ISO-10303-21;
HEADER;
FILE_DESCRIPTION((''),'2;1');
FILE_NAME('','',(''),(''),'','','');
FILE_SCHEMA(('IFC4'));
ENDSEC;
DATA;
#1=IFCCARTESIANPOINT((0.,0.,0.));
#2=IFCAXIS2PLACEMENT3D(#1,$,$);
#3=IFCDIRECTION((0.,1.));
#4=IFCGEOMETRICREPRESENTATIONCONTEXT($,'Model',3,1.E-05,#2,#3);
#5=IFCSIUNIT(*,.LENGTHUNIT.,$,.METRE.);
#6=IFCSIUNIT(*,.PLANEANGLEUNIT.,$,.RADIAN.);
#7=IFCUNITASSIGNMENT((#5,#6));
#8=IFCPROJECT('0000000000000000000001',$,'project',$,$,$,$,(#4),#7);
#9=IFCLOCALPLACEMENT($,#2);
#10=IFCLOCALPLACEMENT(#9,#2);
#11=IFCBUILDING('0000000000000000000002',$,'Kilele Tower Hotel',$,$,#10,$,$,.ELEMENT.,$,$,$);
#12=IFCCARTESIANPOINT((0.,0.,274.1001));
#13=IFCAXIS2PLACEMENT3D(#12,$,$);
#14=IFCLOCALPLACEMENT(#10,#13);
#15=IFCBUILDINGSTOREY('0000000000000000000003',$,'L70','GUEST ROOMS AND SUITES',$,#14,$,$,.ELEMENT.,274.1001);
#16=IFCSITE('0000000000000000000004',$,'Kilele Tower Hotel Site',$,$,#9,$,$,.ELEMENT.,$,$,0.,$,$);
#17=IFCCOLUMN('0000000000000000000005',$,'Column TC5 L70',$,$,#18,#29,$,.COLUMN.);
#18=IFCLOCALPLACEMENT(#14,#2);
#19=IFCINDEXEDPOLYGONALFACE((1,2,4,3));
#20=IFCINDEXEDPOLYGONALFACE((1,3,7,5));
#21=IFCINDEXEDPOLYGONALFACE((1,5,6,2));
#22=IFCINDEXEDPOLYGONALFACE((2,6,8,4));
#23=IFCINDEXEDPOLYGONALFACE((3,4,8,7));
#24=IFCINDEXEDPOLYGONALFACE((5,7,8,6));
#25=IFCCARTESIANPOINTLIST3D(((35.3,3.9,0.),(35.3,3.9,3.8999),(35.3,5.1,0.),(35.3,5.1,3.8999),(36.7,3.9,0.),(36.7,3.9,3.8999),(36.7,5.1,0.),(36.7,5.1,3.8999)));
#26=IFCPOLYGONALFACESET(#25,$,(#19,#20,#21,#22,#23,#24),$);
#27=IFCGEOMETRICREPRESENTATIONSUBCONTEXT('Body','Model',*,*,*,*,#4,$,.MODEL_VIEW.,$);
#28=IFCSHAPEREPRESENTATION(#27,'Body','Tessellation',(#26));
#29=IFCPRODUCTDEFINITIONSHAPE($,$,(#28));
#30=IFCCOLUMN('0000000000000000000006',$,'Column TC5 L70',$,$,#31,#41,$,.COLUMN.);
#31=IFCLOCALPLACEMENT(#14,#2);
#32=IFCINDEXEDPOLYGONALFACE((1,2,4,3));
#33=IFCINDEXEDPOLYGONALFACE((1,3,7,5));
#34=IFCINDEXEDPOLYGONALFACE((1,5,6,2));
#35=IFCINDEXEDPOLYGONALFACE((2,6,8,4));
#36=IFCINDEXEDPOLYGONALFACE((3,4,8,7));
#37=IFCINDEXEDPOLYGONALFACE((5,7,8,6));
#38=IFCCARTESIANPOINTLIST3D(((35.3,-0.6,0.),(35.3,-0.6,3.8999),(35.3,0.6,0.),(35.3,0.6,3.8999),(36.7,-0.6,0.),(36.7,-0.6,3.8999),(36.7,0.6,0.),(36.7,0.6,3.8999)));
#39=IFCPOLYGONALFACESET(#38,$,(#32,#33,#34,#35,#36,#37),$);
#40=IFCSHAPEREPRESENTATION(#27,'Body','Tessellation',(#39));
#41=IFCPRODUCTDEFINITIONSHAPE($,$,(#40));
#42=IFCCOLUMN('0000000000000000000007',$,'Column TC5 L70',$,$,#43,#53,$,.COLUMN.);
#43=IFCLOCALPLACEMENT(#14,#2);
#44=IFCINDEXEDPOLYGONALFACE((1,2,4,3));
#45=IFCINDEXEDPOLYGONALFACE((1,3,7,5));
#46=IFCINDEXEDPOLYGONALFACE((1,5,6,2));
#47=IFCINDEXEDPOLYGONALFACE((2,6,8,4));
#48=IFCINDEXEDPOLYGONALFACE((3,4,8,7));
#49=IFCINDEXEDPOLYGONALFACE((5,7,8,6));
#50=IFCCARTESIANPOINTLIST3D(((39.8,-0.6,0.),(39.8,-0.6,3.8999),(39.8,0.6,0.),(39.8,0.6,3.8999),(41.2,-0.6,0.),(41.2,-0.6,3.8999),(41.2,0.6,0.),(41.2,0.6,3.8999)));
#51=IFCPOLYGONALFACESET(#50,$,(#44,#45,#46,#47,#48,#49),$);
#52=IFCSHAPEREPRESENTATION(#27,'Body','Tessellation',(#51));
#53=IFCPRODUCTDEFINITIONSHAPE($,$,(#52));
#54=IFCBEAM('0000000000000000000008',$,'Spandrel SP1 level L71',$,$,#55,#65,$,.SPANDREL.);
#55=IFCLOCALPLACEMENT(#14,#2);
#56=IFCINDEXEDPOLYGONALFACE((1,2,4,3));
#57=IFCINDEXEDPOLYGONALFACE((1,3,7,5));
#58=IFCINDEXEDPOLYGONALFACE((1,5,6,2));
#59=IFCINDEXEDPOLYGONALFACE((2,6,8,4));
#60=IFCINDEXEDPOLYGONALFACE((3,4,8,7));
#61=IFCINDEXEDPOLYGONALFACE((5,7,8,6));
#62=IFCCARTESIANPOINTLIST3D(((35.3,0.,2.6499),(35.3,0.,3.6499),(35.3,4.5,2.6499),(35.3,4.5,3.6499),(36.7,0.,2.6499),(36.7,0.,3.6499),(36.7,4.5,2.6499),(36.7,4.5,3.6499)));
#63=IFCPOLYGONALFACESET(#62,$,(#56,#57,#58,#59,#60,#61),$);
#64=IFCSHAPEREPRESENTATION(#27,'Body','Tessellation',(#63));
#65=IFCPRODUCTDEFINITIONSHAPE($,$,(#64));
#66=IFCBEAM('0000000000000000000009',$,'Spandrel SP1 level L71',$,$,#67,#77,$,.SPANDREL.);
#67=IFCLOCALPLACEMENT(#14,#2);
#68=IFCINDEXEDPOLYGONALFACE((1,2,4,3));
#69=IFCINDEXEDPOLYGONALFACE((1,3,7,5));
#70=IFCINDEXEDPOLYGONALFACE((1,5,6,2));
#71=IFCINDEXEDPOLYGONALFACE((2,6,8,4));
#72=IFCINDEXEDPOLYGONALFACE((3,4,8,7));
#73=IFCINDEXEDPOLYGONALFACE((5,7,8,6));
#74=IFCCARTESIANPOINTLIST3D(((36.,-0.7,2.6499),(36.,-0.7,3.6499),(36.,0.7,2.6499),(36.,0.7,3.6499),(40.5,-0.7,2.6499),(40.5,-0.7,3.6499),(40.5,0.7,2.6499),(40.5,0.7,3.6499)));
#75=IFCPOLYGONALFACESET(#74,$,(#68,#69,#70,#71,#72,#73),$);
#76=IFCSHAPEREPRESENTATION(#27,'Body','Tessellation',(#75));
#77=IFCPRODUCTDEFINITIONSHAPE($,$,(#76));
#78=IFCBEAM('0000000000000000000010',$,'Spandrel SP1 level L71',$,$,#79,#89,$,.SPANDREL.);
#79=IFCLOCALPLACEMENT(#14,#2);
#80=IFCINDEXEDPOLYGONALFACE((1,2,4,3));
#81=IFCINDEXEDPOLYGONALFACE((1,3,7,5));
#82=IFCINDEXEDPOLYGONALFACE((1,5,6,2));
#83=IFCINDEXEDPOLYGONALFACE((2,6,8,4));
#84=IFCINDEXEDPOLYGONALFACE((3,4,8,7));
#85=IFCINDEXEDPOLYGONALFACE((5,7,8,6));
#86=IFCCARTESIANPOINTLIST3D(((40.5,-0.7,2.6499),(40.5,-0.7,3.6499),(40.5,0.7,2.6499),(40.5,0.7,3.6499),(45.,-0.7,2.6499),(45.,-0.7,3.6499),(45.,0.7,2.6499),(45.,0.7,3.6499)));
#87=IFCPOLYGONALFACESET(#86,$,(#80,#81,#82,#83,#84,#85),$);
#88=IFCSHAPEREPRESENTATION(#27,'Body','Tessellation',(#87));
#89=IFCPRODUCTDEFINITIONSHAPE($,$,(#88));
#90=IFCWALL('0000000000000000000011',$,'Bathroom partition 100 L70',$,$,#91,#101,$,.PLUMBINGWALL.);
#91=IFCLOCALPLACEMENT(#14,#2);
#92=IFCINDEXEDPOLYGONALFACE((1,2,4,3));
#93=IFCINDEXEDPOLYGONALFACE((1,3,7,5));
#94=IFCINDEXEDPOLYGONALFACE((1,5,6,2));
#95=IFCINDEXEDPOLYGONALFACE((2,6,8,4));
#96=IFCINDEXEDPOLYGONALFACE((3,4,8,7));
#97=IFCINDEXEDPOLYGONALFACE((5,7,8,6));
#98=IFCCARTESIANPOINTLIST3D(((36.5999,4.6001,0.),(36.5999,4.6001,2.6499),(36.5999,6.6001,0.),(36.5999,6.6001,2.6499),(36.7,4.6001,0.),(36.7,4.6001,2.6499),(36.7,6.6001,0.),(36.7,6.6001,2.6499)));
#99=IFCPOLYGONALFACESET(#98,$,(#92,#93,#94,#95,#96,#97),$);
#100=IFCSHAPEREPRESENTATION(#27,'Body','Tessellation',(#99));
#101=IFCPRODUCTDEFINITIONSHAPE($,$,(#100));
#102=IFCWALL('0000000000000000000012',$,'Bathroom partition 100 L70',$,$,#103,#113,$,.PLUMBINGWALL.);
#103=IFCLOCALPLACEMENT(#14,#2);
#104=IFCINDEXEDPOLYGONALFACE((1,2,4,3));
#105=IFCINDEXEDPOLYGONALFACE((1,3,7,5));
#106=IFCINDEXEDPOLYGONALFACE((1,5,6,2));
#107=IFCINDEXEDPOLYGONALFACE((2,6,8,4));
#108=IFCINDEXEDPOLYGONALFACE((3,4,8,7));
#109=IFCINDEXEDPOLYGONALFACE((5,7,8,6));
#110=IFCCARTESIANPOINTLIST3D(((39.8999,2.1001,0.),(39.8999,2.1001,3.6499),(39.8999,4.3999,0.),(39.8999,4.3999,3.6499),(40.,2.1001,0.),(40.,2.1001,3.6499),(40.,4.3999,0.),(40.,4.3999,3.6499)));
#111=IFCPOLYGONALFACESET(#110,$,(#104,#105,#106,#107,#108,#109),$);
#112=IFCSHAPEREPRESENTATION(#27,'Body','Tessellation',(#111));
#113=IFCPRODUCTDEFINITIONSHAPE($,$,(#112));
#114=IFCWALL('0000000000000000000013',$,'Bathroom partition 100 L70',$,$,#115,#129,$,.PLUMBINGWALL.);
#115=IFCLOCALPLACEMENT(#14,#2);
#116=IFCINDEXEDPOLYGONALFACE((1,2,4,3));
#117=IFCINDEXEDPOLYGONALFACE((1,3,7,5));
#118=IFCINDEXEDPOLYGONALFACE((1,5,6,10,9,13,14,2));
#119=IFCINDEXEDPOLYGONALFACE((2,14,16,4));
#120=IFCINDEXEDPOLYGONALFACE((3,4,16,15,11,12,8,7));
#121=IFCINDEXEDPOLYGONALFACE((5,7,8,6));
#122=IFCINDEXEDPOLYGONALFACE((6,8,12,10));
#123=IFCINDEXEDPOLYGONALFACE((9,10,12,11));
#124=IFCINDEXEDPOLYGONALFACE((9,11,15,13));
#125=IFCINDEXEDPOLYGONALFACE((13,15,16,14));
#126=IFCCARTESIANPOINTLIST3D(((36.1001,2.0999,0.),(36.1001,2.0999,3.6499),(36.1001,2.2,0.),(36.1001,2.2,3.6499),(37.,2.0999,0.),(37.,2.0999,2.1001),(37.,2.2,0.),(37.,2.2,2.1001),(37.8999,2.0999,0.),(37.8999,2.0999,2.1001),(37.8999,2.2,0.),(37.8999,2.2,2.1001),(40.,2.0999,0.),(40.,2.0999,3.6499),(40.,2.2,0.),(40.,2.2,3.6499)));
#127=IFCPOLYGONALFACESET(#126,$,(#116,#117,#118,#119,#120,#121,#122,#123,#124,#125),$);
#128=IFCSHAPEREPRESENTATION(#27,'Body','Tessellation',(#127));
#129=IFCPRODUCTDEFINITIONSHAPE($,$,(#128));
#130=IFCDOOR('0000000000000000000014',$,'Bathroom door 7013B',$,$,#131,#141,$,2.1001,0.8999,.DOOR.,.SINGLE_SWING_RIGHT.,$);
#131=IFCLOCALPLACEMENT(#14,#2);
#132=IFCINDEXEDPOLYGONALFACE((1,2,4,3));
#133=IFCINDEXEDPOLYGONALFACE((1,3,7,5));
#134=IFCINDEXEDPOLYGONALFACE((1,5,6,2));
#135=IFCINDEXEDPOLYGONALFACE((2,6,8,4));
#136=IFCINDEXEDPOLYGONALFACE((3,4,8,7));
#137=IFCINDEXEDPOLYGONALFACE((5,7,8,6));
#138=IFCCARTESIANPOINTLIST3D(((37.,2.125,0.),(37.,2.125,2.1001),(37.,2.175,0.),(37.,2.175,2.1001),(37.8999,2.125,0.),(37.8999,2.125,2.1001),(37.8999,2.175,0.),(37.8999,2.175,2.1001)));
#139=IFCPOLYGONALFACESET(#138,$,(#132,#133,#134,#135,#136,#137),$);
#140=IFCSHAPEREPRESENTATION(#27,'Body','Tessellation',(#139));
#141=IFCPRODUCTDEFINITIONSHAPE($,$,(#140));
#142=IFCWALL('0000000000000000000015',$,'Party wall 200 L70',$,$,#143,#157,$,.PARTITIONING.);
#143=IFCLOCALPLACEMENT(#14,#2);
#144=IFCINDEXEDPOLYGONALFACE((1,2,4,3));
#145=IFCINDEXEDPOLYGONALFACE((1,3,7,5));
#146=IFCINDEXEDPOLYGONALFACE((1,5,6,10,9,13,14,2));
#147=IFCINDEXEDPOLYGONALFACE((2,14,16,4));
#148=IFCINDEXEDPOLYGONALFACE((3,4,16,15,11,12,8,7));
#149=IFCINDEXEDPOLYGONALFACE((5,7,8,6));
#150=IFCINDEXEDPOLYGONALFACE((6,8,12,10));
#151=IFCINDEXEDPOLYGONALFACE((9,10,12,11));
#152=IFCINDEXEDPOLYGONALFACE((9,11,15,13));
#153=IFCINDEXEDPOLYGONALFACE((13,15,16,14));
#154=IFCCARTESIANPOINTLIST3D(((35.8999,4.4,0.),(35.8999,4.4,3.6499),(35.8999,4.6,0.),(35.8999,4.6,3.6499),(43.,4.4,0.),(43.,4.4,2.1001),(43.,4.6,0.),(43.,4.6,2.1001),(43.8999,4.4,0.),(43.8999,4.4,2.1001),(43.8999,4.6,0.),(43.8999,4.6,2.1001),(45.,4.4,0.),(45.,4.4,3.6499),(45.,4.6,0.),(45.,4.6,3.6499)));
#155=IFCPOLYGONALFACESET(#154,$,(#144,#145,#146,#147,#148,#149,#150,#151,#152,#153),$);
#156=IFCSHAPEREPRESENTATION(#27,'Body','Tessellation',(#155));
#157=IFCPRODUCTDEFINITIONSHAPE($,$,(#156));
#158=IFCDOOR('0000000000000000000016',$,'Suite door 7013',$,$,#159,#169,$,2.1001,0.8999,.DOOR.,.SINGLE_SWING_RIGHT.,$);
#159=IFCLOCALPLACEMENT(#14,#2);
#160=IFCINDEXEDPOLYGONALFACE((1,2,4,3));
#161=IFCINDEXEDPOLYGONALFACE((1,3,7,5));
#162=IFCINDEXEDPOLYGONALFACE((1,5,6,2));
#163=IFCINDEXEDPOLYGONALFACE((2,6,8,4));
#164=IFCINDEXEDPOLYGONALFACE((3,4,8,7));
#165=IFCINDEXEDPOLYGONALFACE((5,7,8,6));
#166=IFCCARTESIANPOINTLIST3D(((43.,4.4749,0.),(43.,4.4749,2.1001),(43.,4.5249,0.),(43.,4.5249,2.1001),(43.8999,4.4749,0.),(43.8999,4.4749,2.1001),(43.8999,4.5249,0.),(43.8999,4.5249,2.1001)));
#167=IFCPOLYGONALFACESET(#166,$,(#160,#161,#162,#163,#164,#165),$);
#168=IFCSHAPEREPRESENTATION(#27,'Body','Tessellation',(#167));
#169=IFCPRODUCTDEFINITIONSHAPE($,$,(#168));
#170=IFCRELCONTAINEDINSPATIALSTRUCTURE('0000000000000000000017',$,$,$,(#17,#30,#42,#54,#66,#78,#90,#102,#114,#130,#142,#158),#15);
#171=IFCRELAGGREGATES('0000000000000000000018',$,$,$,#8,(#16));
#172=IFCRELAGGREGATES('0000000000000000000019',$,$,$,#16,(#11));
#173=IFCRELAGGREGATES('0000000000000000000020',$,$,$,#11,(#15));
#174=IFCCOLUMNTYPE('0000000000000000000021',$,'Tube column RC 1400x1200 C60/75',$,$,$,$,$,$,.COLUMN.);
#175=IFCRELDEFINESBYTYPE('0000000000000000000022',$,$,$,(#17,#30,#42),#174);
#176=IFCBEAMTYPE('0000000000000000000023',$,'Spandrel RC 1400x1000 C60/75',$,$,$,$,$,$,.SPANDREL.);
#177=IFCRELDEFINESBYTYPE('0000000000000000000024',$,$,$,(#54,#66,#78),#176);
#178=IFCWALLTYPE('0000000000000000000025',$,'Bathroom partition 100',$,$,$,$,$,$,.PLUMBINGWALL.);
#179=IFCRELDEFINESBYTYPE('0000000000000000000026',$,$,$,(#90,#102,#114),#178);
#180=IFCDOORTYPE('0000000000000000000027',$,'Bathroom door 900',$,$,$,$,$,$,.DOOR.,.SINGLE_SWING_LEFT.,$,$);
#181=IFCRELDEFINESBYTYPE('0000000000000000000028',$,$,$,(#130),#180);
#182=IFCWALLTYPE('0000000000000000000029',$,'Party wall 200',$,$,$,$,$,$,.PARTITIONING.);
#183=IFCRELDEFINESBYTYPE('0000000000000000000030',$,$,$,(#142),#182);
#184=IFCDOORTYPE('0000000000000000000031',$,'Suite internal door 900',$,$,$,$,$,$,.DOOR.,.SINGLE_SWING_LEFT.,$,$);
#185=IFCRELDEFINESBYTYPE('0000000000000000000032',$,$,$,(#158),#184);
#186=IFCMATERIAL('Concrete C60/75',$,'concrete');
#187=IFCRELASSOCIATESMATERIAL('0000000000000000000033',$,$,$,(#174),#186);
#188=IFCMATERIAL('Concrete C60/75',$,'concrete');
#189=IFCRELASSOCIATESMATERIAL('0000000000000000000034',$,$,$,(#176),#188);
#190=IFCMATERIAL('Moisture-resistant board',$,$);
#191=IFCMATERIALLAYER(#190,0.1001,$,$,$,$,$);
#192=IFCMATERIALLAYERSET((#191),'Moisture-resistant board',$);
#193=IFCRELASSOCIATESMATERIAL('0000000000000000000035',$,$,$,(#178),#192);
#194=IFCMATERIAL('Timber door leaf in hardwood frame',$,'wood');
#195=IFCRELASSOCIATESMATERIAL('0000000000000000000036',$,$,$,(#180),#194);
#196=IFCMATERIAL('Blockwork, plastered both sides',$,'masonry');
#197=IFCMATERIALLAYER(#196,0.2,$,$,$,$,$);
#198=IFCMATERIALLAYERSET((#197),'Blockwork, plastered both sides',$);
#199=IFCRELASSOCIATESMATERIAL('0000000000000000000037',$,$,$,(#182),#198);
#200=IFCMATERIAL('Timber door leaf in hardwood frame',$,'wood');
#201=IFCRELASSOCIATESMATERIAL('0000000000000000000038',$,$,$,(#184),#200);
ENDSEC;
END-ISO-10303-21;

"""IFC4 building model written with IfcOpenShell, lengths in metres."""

from ifc_helpers import new_model, si_unit, direction, frame, frame_2d, origin, origin_2d, place, context, subcontext, project, spatial, rectangle, extrude, material, layer, layer_set, material_profile, profile_set, type_object, element, fill, save


model = new_model("IFC4")

# Units and contexts
model_context = context("Model", 3, precision=1e-05, world=origin(), true_north=direction((0.0, 1.0)))
body_context = subcontext(model_context, "Body", "Model", "MODEL_VIEW")
ifc_project = project(units=[si_unit("LENGTHUNIT", "METRE"), si_unit("PLANEANGLEUNIT", "RADIAN")], contexts=[model_context])

# Site, building, storey
site_placement = place(None, origin())
site = spatial("IfcSite", under=ifc_project, at=site_placement, Name="Kilele Tower Hotel Site", CompositionType="ELEMENT", RefElevation=0.0)
building_placement = place(site_placement, origin())
building = spatial("IfcBuilding", under=site, at=building_placement, Name="Kilele Tower Hotel", CompositionType="ELEMENT")
storey_placement = place(building_placement, frame((0.0, 0.0, 274.1001)))
storey = spatial("IfcBuildingStorey", under=building, at=storey_placement, Name="L70", Description="GUEST ROOMS AND SUITES", CompositionType="ELEMENT", Elevation=274.1001)

# Columns
ifc_material_1 = material(Name="Concrete C60/75", Category="concrete")
ifc_material_profile_1 = material_profile(ifc_material_1, rectangle(XDim=1.3999, YDim=1.2, at=origin_2d()))
ifc_profile_set_1 = profile_set([ifc_material_profile_1], Name="Concrete C60/75")
column_type = type_object("IfcColumnType", Name="Tube column RC 1400x1200 C60/75", PredefinedType="COLUMN", material=ifc_profile_set_1)
for number, where, z_axis, x_axis, name in (
    (1, (36.0, 4.5, 0.0), (0.0, 0.0, 1.0), (1.0, 0.0, 0.0), "Column TC5 L70"),
    (2, (36.0, 0.0, 0.0), (0.0, 0.0, 1.0), (1.0, 0.0, 0.0), "Column TC5 L70"),
    (3, (40.5, 0.0, 0.0), (0.0, 0.0, 1.0), (1.0, 0.0, 0.0), "Column TC5 L70"),
):
    element("IfcColumn", number, at=place(storey_placement, frame(where, z_axis=z_axis, x_axis=x_axis)), inside=storey, type_object=column_type, Name=name, PredefinedType="COLUMN", context=body_context, shape_type="SweptSolid", body=[
        extrude(rectangle(XDim=1.3999, YDim=1.2, at=origin_2d()), origin(), (0.0, 0.0, 1.0), 3.8999),
    ])

# Beams
ifc_material_2 = material(Name="Concrete C60/75", Category="concrete")
ifc_material_profile_2 = material_profile(ifc_material_2, rectangle(XDim=1.3999, YDim=1.0, at=origin_2d()))
ifc_profile_set_2 = profile_set([ifc_material_profile_2], Name="Concrete C60/75")
beam_type = type_object("IfcBeamType", Name="Spandrel RC 1400x1000 C60/75", PredefinedType="SPANDREL", material=ifc_profile_set_2)
for number, where, z_axis, x_axis, name in (
    (4, (36.0, 4.5, 3.1499), (0.0, -1.0, 0.0), (1.0, 0.0, 0.0), "Spandrel SP1 level L71"),
    (5, (36.0, 0.0, 3.1499), (1.0, 0.0, 0.0), (0.0, 1.0, 0.0), "Spandrel SP1 level L71"),
    (6, (40.5, 0.0, 3.1499), (1.0, 0.0, 0.0), (0.0, 1.0, 0.0), "Spandrel SP1 level L71"),
):
    element("IfcBeam", number, at=place(storey_placement, frame(where, z_axis=z_axis, x_axis=x_axis)), inside=storey, type_object=beam_type, Name=name, PredefinedType="SPANDREL", context=body_context, shape_type="SweptSolid", body=[
        extrude(rectangle(XDim=1.3999, YDim=1.0, at=origin_2d()), origin(), (0.0, 0.0, 1.0), 4.5),
    ])

# Walls
ifc_material_3 = material(Name="Moisture-resistant board")
ifc_layer_1 = layer(ifc_material_3, 0.1001)
ifc_layer_set_1 = layer_set([ifc_layer_1], Name="Moisture-resistant board")
wall_type_1 = type_object("IfcWallType", Name="Bathroom partition 100", PredefinedType="PLUMBINGWALL", material=ifc_layer_set_1)
wall_1_placement = place(storey_placement, frame((36.6499, 4.6001, 0.0), z_axis=(0.0, 0.0, 1.0), x_axis=(0.0, 1.0, 0.0)))
element("IfcWall", 7, at=wall_1_placement, inside=storey, type_object=wall_type_1, Name="Bathroom partition 100 L70", PredefinedType="PLUMBINGWALL", context=body_context, shape_type="SweptSolid", body=[
    extrude(rectangle(XDim=2.0, YDim=0.1001, at=frame_2d((1.0, 0.0))), origin(), (0.0, 0.0, 1.0), 2.6499),
])
wall_2_placement = place(storey_placement, frame((39.95, 4.3999, 0.0), z_axis=(0.0, 0.0, 1.0), x_axis=(0.0, -1.0, 0.0)))
element("IfcWall", 8, at=wall_2_placement, inside=storey, type_object=wall_type_1, Name="Bathroom partition 100 L70", PredefinedType="PLUMBINGWALL", context=body_context, shape_type="SweptSolid", body=[
    extrude(rectangle(XDim=2.2998, YDim=0.1001, at=frame_2d((1.1499, 0.0))), origin(), (0.0, 0.0, 1.0), 3.6499),
])

# Walls, openings, doors
wall_3_placement = place(storey_placement, frame((36.1001, 2.1499, 0.0), z_axis=(0.0, 0.0, 1.0), x_axis=(1.0, 0.0, 0.0)))
wall_3 = element("IfcWall", 9, at=wall_3_placement, inside=storey, type_object=wall_type_1, Name="Bathroom partition 100 L70", PredefinedType="PLUMBINGWALL", context=body_context, shape_type="SweptSolid", body=[
    extrude(rectangle(XDim=3.8999, YDim=0.1001, at=frame_2d((1.95, 0.0))), origin(), (0.0, 0.0, 1.0), 3.6499),
])
opening_1_placement = place(wall_3_placement, frame((1.7998, 0.0, 0.0), z_axis=(0.0, 0.0, 1.0), x_axis=(-1.0, 0.0, 0.0)))
opening_1 = element("IfcOpeningElement", 10, at=opening_1_placement, cuts=wall_3, PredefinedType="OPENING", context=body_context, shape_type="SweptSolid", body=[
    extrude(rectangle(XDim=0.8999, YDim=2.1001, at=frame_2d((0.45, 1.05))), frame((0.0, 0.0601, 0.0), z_axis=(0.0, -1.0, 0.0), x_axis=(1.0, 0.0, 0.0)), (0.0, 0.0, 1.0), 0.1201),
])
ifc_material_4 = material(Name="Timber door leaf in hardwood frame", Category="wood")
door_type_1 = type_object("IfcDoorType", Name="Bathroom door 900", OperationType="SINGLE_SWING_LEFT", PredefinedType="DOOR", material=ifc_material_4)
door_1_placement = place(opening_1_placement, origin())
door_1 = element("IfcDoor", 11, at=door_1_placement, inside=storey, type_object=door_type_1, Name="Bathroom door 7013B", OperationType="SINGLE_SWING_RIGHT", OverallHeight=2.1001, OverallWidth=0.8999, PredefinedType="DOOR", context=body_context, shape_type="SweptSolid", body=[
    extrude(rectangle(XDim=0.8999, YDim=2.1001, at=frame_2d((0.45, 1.05))), frame((0.0, 0.0249, 0.0), z_axis=(0.0, -1.0, 0.0), x_axis=(1.0, 0.0, 0.0)), (0.0, 0.0, 1.0), 0.05),
])
fill(opening_1, door_1)
ifc_material_5 = material(Name="Blockwork, plastered both sides", Category="masonry")
ifc_layer_2 = layer(ifc_material_5, 0.2)
ifc_layer_set_2 = layer_set([ifc_layer_2], Name="Blockwork, plastered both sides")
wall_type_2 = type_object("IfcWallType", Name="Party wall 200", PredefinedType="PARTITIONING", material=ifc_layer_set_2)
wall_4_placement = place(storey_placement, frame((35.8999, 4.5, 0.0), z_axis=(0.0, 0.0, 1.0), x_axis=(1.0, 0.0, 0.0)))
wall_4 = element("IfcWall", 12, at=wall_4_placement, inside=storey, type_object=wall_type_2, Name="Party wall 200 L70", PredefinedType="PARTITIONING", context=body_context, shape_type="SweptSolid", body=[
    extrude(rectangle(XDim=9.1001, YDim=0.2, at=frame_2d((4.55, 0.0))), origin(), (0.0, 0.0, 1.0), 3.6499),
])
opening_2_placement = place(wall_4_placement, frame((7.1001, 0.0, 0.0)))
opening_2 = element("IfcOpeningElement", 13, at=opening_2_placement, cuts=wall_4, PredefinedType="OPENING", context=body_context, shape_type="SweptSolid", body=[
    extrude(rectangle(XDim=0.8999, YDim=2.1001, at=frame_2d((0.45, 1.05))), frame((0.0, 0.1099, 0.0), z_axis=(0.0, -1.0, 0.0), x_axis=(1.0, 0.0, 0.0)), (0.0, 0.0, 1.0), 0.22),
])
ifc_material_6 = material(Name="Timber door leaf in hardwood frame", Category="wood")
door_type_2 = type_object("IfcDoorType", Name="Suite internal door 900", OperationType="SINGLE_SWING_LEFT", PredefinedType="DOOR", material=ifc_material_6)
door_2_placement = place(opening_2_placement, origin())
door_2 = element("IfcDoor", 14, at=door_2_placement, inside=storey, type_object=door_type_2, Name="Suite door 7013", OperationType="SINGLE_SWING_RIGHT", OverallHeight=2.1001, OverallWidth=0.8999, PredefinedType="DOOR", context=body_context, shape_type="SweptSolid", body=[
    extrude(rectangle(XDim=0.8999, YDim=2.1001, at=frame_2d((0.45, 1.05))), frame((0.0, 0.0249, 0.0), z_axis=(0.0, -1.0, 0.0), x_axis=(1.0, 0.0, 0.0)), (0.0, 0.0, 1.0), 0.05),
])
fill(opening_2, door_2)

save(model, "model.ifc")
